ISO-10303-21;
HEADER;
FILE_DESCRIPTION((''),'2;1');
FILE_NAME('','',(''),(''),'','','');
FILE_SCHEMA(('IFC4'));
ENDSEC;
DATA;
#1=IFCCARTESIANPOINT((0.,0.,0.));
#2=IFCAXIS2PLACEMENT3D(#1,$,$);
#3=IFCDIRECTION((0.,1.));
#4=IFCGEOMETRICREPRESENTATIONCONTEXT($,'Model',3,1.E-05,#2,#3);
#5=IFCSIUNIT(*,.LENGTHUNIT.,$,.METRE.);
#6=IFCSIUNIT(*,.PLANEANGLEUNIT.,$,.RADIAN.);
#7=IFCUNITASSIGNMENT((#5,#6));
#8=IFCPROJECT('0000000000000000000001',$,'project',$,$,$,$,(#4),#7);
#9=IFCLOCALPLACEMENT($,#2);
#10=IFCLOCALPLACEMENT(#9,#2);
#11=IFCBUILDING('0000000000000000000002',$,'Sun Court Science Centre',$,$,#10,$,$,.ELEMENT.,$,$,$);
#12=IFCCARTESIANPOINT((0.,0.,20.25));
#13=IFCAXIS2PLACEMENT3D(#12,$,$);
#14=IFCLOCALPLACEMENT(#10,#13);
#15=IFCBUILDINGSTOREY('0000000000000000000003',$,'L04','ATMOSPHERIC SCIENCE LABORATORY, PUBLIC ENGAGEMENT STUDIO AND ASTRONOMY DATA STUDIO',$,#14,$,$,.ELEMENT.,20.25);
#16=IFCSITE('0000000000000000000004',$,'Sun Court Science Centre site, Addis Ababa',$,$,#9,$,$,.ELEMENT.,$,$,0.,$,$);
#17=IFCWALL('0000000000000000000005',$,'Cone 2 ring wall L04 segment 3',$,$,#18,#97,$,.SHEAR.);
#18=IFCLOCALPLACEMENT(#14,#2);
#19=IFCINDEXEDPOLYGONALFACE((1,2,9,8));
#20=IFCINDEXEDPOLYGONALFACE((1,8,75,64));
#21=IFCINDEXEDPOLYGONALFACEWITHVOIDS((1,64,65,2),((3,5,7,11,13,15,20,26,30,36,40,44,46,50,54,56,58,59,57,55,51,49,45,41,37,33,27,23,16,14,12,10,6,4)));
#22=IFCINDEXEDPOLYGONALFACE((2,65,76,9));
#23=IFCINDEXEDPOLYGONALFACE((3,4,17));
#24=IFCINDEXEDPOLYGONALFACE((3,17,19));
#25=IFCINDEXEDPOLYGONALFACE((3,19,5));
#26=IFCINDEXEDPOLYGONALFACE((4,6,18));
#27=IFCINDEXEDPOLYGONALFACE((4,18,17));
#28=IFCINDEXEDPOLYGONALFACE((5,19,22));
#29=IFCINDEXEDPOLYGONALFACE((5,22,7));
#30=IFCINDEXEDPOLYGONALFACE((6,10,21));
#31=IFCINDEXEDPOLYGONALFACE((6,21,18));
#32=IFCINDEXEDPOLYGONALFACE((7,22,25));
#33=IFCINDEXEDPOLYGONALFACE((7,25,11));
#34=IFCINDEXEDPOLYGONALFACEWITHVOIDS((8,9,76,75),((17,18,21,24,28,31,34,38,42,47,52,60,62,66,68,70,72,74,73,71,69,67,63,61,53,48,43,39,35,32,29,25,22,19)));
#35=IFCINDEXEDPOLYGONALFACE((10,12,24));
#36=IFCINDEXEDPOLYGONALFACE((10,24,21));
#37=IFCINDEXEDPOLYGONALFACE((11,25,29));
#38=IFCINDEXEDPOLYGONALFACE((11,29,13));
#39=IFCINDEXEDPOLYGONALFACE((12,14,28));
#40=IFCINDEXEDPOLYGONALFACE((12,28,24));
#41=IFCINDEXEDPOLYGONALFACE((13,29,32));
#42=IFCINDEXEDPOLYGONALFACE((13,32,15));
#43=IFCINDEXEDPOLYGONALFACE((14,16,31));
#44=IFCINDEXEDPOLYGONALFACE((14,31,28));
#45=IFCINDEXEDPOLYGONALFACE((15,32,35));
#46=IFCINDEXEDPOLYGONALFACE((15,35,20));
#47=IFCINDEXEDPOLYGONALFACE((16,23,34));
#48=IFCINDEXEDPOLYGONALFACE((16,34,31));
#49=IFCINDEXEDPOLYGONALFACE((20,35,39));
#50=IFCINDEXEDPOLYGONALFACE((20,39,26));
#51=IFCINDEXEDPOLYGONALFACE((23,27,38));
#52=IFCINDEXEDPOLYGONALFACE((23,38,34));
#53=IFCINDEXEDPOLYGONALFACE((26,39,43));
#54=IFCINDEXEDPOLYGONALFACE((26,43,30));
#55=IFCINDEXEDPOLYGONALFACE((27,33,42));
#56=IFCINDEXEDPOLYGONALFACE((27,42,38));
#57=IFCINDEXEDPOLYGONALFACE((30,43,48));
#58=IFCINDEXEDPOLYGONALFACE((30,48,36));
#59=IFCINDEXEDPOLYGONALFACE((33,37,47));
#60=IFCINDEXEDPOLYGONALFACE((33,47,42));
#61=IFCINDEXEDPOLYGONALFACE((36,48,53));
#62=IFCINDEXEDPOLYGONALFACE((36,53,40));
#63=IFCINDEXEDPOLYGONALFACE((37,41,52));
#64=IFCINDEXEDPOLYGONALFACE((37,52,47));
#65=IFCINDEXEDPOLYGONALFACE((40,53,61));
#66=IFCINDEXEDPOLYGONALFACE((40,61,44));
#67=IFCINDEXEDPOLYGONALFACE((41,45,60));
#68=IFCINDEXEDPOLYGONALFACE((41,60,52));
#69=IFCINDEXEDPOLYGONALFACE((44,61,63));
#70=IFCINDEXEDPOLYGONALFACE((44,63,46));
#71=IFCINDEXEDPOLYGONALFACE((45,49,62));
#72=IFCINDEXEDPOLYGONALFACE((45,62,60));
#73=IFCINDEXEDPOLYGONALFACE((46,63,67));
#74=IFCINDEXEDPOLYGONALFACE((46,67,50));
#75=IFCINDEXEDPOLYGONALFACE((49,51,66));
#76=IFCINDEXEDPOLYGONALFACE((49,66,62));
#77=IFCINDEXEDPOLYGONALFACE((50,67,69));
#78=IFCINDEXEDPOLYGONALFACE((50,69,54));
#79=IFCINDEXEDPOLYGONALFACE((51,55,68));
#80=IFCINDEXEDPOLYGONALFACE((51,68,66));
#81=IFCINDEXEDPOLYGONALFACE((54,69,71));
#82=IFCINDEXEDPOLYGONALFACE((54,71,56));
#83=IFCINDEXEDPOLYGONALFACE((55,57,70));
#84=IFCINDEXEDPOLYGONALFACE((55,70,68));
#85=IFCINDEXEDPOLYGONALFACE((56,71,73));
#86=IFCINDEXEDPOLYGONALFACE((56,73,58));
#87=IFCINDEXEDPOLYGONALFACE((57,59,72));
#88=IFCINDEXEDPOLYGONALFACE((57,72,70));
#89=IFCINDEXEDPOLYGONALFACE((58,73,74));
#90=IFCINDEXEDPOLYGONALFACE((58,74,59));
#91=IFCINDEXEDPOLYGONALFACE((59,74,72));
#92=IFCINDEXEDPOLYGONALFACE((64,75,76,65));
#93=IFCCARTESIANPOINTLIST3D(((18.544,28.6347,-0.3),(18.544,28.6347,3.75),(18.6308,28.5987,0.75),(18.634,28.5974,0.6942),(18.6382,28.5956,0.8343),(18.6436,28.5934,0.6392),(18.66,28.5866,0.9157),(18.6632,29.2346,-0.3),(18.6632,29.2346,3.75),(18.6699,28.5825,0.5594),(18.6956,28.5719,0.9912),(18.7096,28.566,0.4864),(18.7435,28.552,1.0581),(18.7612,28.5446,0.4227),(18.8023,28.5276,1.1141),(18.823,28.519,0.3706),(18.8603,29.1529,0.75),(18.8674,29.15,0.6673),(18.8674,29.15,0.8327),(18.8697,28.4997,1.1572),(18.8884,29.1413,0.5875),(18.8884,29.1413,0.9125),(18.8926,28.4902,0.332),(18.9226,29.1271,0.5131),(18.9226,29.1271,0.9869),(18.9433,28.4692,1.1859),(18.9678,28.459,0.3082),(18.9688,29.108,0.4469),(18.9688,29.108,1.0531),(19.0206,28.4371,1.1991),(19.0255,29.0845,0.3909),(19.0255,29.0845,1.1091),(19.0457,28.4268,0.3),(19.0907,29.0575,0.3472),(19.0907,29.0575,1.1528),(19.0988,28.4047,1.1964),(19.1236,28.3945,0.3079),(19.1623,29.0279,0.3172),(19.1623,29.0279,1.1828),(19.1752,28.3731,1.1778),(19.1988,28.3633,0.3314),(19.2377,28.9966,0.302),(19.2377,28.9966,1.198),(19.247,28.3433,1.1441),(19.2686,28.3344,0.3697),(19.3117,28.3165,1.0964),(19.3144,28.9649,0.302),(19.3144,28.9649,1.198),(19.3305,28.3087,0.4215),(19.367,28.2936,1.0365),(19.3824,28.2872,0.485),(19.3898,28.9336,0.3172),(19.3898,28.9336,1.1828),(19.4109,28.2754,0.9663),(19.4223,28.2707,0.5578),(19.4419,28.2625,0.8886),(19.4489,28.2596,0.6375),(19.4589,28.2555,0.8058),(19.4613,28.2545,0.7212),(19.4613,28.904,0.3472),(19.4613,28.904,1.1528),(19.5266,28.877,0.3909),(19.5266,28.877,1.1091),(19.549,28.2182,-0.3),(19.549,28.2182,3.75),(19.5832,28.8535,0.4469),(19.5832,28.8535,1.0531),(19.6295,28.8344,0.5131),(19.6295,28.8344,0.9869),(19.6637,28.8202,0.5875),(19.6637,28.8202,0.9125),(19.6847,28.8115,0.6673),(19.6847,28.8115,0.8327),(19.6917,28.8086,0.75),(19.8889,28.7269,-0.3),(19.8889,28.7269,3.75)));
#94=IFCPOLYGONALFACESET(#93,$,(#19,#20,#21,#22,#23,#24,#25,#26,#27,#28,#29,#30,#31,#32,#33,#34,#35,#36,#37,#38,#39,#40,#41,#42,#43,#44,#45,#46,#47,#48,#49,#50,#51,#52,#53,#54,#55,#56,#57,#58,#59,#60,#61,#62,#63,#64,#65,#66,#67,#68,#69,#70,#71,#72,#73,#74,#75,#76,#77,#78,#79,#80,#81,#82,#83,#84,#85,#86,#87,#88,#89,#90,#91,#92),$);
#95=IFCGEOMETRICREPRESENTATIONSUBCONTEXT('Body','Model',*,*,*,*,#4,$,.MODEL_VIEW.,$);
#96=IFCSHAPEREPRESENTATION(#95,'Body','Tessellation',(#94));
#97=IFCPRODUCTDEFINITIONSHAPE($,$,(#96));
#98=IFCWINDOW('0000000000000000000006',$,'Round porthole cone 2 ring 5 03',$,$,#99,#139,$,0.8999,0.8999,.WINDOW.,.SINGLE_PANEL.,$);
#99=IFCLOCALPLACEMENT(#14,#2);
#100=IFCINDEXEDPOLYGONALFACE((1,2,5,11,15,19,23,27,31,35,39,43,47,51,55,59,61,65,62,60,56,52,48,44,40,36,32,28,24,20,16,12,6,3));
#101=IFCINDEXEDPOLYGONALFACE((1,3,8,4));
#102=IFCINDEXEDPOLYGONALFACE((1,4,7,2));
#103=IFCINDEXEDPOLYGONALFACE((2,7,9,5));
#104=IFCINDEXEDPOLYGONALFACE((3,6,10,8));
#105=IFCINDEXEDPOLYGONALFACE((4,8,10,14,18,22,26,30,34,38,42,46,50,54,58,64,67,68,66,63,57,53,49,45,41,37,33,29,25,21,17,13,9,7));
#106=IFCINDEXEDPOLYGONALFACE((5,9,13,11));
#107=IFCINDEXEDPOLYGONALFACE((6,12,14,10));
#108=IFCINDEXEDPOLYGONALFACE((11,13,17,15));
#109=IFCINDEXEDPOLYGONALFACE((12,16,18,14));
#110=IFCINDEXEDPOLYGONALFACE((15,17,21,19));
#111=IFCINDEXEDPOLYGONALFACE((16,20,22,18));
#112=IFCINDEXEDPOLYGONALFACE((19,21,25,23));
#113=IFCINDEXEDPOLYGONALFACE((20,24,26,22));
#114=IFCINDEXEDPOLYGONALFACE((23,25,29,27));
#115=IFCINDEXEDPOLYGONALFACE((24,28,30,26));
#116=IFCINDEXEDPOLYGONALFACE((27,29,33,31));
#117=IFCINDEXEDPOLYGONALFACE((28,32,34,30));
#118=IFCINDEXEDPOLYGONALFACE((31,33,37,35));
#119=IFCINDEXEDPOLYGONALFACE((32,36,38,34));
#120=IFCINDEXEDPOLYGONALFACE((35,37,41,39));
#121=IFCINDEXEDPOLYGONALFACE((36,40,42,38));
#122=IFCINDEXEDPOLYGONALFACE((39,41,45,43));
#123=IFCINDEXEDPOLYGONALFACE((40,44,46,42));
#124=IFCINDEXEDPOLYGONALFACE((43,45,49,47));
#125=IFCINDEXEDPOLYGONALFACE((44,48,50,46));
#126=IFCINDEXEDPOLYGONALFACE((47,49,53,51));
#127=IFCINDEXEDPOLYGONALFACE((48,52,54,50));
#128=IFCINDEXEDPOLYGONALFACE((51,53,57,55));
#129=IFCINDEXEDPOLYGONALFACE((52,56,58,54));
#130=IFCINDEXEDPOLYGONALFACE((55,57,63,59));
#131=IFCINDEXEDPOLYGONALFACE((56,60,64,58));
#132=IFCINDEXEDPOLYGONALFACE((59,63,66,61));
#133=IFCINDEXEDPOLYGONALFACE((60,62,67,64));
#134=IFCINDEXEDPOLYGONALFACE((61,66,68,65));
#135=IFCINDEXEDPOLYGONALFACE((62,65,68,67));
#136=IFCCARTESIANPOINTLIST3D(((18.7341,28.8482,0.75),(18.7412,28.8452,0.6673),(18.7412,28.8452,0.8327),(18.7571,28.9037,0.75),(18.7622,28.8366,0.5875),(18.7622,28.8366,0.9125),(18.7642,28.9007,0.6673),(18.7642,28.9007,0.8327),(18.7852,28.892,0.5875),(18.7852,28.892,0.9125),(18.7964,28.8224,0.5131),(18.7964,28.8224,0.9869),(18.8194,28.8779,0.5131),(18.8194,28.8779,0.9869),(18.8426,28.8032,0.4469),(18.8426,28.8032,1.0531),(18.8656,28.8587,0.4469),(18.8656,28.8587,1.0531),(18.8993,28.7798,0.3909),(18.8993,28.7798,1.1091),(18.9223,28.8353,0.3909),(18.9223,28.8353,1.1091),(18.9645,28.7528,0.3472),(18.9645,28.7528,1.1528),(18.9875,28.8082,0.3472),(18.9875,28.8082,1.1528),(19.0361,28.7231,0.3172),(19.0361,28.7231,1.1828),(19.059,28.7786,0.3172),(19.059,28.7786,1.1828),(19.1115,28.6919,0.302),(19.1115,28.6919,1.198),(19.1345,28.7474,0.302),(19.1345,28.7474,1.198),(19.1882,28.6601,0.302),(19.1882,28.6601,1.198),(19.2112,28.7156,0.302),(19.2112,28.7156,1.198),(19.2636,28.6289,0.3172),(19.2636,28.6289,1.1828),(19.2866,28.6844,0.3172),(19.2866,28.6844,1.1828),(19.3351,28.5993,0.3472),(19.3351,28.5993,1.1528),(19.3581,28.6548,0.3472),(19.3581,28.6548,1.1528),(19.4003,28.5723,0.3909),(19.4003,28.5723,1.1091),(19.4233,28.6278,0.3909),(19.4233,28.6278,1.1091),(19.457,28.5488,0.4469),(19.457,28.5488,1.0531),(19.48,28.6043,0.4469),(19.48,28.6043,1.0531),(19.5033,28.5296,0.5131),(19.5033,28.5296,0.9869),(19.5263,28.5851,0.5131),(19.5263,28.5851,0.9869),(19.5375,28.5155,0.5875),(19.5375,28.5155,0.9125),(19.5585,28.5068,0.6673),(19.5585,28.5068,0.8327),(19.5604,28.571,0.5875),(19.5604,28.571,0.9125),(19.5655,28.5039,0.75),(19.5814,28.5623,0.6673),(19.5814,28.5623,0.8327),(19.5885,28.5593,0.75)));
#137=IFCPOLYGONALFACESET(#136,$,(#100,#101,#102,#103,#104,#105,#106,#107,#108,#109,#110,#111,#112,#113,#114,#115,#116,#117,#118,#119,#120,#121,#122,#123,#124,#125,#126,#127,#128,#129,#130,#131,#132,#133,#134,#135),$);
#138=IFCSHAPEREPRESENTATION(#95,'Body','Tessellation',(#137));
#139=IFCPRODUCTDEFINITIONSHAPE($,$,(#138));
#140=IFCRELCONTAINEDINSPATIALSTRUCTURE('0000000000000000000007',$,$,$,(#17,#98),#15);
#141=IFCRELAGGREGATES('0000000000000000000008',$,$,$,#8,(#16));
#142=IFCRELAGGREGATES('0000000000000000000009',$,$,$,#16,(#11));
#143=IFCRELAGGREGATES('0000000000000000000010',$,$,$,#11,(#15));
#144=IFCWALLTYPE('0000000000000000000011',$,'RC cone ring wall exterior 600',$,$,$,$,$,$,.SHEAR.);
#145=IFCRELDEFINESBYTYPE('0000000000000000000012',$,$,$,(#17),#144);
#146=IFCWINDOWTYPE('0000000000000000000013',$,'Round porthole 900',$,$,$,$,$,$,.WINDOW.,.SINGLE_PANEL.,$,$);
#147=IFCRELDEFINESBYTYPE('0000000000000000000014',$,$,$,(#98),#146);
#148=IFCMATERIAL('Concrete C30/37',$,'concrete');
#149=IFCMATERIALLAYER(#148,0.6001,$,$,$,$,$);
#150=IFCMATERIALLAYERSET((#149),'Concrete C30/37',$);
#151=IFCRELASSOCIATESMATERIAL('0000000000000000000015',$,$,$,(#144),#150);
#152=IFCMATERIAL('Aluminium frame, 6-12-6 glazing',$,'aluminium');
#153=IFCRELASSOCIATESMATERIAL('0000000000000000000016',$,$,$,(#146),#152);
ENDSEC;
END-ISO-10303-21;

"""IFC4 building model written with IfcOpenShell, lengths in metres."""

from ifc_helpers import new_model, si_unit, direction, frame, frame_2d, origin, place, context, subcontext, project, spatial, polyline, circle, outline, extrude, material, layer, layer_set, type_object, element, fill, save


model = new_model("IFC4")

# Units and contexts
model_context = context("Model", 3, precision=1e-05, world=origin(), true_north=direction((0.0, 1.0)))
body_context = subcontext(model_context, "Body", "Model", "MODEL_VIEW")
ifc_project = project(units=[si_unit("LENGTHUNIT", "METRE"), si_unit("PLANEANGLEUNIT", "RADIAN")], contexts=[model_context])

# Site, building, storey
site_placement = place(None, origin())
site = spatial("IfcSite", under=ifc_project, at=site_placement, Name="Sun Court Science Centre site, Addis Ababa", CompositionType="ELEMENT", RefElevation=0.0)
building_placement = place(site_placement, origin())
building = spatial("IfcBuilding", under=site, at=building_placement, Name="Sun Court Science Centre", CompositionType="ELEMENT")
storey_placement = place(building_placement, frame((0.0, 0.0, 20.25)))
storey = spatial("IfcBuildingStorey", under=building, at=storey_placement, Name="L04", Description="ATMOSPHERIC SCIENCE LABORATORY, PUBLIC ENGAGEMENT STUDIO AND ASTRONOMY DATA STUDIO", CompositionType="ELEMENT", Elevation=20.25)

# Wall, opening, window
ifc_material_1 = material(Name="Concrete C30/37", Category="concrete")
ifc_layer = layer(ifc_material_1, 0.6001)
ifc_layer_set = layer_set([ifc_layer], Name="Concrete C30/37")
wall_type = type_object("IfcWallType", Name="RC cone ring wall exterior 600", PredefinedType="SHEAR", material=ifc_layer_set)
ifc_material_2 = material(Name="Aluminium frame, 6-12-6 glazing", Category="aluminium")
window_type = type_object("IfcWindowType", Name="Round porthole 900", PartitioningType="SINGLE_PANEL", PredefinedType="WINDOW", material=ifc_material_2)
wall_1_placement = place(storey_placement, frame((19.7742, 28.45, -0.3), z_axis=(0.0, 0.0, 1.0), x_axis=(-0.923902, 0.382628, 0.0)))
wall_1 = element("IfcWall", 1, at=wall_1_placement, inside=storey, type_object=wall_type, Name="Cone 2 ring wall L04 segment 3", PredefinedType="SHEAR", context=body_context, shape_type="SweptSolid", body=[
    extrude(outline(polyline([(0.0, -0.2998), (1.3267, -0.2998), (1.2073, 0.3), (0.1194, 0.3003), (0.0, -0.2998)])), origin(), (0.0, 0.0, 1.0), 4.05),
])
opening_1_placement = place(wall_1_placement, frame((0.2134, 0.0, 0.6001)))
opening_1 = element("IfcOpeningElement", 2, at=opening_1_placement, cuts=wall_1, PredefinedType="OPENING", context=body_context, shape_type="SweptSolid", body=[
    extrude(circle(Radius=0.45, at=frame_2d((0.45, 0.45))), frame((0.0, 0.3101, 0.0), z_axis=(0.0, -1.0, 0.0), x_axis=(1.0, 0.0, 0.0)), (0.0, 0.0, 1.0), 0.6201),
])
window_1_placement = place(opening_1_placement, origin())
window_1 = element("IfcWindow", 3, at=window_1_placement, inside=storey, type_object=window_type, Name="Round porthole cone 2 ring 5 03", OverallHeight=0.8999, OverallWidth=0.8999, PartitioningType="SINGLE_PANEL", PredefinedType="WINDOW", context=body_context, shape_type="SweptSolid", body=[
    extrude(circle(Radius=0.45, at=frame_2d((0.45, 0.45))), frame((0.0, 0.03, 0.0), z_axis=(0.0, -1.0, 0.0), x_axis=(1.0, 0.0, 0.0)), (0.0, 0.0, 1.0), 0.0601),
])
fill(opening_1, window_1)

save(model, "model.ifc")
